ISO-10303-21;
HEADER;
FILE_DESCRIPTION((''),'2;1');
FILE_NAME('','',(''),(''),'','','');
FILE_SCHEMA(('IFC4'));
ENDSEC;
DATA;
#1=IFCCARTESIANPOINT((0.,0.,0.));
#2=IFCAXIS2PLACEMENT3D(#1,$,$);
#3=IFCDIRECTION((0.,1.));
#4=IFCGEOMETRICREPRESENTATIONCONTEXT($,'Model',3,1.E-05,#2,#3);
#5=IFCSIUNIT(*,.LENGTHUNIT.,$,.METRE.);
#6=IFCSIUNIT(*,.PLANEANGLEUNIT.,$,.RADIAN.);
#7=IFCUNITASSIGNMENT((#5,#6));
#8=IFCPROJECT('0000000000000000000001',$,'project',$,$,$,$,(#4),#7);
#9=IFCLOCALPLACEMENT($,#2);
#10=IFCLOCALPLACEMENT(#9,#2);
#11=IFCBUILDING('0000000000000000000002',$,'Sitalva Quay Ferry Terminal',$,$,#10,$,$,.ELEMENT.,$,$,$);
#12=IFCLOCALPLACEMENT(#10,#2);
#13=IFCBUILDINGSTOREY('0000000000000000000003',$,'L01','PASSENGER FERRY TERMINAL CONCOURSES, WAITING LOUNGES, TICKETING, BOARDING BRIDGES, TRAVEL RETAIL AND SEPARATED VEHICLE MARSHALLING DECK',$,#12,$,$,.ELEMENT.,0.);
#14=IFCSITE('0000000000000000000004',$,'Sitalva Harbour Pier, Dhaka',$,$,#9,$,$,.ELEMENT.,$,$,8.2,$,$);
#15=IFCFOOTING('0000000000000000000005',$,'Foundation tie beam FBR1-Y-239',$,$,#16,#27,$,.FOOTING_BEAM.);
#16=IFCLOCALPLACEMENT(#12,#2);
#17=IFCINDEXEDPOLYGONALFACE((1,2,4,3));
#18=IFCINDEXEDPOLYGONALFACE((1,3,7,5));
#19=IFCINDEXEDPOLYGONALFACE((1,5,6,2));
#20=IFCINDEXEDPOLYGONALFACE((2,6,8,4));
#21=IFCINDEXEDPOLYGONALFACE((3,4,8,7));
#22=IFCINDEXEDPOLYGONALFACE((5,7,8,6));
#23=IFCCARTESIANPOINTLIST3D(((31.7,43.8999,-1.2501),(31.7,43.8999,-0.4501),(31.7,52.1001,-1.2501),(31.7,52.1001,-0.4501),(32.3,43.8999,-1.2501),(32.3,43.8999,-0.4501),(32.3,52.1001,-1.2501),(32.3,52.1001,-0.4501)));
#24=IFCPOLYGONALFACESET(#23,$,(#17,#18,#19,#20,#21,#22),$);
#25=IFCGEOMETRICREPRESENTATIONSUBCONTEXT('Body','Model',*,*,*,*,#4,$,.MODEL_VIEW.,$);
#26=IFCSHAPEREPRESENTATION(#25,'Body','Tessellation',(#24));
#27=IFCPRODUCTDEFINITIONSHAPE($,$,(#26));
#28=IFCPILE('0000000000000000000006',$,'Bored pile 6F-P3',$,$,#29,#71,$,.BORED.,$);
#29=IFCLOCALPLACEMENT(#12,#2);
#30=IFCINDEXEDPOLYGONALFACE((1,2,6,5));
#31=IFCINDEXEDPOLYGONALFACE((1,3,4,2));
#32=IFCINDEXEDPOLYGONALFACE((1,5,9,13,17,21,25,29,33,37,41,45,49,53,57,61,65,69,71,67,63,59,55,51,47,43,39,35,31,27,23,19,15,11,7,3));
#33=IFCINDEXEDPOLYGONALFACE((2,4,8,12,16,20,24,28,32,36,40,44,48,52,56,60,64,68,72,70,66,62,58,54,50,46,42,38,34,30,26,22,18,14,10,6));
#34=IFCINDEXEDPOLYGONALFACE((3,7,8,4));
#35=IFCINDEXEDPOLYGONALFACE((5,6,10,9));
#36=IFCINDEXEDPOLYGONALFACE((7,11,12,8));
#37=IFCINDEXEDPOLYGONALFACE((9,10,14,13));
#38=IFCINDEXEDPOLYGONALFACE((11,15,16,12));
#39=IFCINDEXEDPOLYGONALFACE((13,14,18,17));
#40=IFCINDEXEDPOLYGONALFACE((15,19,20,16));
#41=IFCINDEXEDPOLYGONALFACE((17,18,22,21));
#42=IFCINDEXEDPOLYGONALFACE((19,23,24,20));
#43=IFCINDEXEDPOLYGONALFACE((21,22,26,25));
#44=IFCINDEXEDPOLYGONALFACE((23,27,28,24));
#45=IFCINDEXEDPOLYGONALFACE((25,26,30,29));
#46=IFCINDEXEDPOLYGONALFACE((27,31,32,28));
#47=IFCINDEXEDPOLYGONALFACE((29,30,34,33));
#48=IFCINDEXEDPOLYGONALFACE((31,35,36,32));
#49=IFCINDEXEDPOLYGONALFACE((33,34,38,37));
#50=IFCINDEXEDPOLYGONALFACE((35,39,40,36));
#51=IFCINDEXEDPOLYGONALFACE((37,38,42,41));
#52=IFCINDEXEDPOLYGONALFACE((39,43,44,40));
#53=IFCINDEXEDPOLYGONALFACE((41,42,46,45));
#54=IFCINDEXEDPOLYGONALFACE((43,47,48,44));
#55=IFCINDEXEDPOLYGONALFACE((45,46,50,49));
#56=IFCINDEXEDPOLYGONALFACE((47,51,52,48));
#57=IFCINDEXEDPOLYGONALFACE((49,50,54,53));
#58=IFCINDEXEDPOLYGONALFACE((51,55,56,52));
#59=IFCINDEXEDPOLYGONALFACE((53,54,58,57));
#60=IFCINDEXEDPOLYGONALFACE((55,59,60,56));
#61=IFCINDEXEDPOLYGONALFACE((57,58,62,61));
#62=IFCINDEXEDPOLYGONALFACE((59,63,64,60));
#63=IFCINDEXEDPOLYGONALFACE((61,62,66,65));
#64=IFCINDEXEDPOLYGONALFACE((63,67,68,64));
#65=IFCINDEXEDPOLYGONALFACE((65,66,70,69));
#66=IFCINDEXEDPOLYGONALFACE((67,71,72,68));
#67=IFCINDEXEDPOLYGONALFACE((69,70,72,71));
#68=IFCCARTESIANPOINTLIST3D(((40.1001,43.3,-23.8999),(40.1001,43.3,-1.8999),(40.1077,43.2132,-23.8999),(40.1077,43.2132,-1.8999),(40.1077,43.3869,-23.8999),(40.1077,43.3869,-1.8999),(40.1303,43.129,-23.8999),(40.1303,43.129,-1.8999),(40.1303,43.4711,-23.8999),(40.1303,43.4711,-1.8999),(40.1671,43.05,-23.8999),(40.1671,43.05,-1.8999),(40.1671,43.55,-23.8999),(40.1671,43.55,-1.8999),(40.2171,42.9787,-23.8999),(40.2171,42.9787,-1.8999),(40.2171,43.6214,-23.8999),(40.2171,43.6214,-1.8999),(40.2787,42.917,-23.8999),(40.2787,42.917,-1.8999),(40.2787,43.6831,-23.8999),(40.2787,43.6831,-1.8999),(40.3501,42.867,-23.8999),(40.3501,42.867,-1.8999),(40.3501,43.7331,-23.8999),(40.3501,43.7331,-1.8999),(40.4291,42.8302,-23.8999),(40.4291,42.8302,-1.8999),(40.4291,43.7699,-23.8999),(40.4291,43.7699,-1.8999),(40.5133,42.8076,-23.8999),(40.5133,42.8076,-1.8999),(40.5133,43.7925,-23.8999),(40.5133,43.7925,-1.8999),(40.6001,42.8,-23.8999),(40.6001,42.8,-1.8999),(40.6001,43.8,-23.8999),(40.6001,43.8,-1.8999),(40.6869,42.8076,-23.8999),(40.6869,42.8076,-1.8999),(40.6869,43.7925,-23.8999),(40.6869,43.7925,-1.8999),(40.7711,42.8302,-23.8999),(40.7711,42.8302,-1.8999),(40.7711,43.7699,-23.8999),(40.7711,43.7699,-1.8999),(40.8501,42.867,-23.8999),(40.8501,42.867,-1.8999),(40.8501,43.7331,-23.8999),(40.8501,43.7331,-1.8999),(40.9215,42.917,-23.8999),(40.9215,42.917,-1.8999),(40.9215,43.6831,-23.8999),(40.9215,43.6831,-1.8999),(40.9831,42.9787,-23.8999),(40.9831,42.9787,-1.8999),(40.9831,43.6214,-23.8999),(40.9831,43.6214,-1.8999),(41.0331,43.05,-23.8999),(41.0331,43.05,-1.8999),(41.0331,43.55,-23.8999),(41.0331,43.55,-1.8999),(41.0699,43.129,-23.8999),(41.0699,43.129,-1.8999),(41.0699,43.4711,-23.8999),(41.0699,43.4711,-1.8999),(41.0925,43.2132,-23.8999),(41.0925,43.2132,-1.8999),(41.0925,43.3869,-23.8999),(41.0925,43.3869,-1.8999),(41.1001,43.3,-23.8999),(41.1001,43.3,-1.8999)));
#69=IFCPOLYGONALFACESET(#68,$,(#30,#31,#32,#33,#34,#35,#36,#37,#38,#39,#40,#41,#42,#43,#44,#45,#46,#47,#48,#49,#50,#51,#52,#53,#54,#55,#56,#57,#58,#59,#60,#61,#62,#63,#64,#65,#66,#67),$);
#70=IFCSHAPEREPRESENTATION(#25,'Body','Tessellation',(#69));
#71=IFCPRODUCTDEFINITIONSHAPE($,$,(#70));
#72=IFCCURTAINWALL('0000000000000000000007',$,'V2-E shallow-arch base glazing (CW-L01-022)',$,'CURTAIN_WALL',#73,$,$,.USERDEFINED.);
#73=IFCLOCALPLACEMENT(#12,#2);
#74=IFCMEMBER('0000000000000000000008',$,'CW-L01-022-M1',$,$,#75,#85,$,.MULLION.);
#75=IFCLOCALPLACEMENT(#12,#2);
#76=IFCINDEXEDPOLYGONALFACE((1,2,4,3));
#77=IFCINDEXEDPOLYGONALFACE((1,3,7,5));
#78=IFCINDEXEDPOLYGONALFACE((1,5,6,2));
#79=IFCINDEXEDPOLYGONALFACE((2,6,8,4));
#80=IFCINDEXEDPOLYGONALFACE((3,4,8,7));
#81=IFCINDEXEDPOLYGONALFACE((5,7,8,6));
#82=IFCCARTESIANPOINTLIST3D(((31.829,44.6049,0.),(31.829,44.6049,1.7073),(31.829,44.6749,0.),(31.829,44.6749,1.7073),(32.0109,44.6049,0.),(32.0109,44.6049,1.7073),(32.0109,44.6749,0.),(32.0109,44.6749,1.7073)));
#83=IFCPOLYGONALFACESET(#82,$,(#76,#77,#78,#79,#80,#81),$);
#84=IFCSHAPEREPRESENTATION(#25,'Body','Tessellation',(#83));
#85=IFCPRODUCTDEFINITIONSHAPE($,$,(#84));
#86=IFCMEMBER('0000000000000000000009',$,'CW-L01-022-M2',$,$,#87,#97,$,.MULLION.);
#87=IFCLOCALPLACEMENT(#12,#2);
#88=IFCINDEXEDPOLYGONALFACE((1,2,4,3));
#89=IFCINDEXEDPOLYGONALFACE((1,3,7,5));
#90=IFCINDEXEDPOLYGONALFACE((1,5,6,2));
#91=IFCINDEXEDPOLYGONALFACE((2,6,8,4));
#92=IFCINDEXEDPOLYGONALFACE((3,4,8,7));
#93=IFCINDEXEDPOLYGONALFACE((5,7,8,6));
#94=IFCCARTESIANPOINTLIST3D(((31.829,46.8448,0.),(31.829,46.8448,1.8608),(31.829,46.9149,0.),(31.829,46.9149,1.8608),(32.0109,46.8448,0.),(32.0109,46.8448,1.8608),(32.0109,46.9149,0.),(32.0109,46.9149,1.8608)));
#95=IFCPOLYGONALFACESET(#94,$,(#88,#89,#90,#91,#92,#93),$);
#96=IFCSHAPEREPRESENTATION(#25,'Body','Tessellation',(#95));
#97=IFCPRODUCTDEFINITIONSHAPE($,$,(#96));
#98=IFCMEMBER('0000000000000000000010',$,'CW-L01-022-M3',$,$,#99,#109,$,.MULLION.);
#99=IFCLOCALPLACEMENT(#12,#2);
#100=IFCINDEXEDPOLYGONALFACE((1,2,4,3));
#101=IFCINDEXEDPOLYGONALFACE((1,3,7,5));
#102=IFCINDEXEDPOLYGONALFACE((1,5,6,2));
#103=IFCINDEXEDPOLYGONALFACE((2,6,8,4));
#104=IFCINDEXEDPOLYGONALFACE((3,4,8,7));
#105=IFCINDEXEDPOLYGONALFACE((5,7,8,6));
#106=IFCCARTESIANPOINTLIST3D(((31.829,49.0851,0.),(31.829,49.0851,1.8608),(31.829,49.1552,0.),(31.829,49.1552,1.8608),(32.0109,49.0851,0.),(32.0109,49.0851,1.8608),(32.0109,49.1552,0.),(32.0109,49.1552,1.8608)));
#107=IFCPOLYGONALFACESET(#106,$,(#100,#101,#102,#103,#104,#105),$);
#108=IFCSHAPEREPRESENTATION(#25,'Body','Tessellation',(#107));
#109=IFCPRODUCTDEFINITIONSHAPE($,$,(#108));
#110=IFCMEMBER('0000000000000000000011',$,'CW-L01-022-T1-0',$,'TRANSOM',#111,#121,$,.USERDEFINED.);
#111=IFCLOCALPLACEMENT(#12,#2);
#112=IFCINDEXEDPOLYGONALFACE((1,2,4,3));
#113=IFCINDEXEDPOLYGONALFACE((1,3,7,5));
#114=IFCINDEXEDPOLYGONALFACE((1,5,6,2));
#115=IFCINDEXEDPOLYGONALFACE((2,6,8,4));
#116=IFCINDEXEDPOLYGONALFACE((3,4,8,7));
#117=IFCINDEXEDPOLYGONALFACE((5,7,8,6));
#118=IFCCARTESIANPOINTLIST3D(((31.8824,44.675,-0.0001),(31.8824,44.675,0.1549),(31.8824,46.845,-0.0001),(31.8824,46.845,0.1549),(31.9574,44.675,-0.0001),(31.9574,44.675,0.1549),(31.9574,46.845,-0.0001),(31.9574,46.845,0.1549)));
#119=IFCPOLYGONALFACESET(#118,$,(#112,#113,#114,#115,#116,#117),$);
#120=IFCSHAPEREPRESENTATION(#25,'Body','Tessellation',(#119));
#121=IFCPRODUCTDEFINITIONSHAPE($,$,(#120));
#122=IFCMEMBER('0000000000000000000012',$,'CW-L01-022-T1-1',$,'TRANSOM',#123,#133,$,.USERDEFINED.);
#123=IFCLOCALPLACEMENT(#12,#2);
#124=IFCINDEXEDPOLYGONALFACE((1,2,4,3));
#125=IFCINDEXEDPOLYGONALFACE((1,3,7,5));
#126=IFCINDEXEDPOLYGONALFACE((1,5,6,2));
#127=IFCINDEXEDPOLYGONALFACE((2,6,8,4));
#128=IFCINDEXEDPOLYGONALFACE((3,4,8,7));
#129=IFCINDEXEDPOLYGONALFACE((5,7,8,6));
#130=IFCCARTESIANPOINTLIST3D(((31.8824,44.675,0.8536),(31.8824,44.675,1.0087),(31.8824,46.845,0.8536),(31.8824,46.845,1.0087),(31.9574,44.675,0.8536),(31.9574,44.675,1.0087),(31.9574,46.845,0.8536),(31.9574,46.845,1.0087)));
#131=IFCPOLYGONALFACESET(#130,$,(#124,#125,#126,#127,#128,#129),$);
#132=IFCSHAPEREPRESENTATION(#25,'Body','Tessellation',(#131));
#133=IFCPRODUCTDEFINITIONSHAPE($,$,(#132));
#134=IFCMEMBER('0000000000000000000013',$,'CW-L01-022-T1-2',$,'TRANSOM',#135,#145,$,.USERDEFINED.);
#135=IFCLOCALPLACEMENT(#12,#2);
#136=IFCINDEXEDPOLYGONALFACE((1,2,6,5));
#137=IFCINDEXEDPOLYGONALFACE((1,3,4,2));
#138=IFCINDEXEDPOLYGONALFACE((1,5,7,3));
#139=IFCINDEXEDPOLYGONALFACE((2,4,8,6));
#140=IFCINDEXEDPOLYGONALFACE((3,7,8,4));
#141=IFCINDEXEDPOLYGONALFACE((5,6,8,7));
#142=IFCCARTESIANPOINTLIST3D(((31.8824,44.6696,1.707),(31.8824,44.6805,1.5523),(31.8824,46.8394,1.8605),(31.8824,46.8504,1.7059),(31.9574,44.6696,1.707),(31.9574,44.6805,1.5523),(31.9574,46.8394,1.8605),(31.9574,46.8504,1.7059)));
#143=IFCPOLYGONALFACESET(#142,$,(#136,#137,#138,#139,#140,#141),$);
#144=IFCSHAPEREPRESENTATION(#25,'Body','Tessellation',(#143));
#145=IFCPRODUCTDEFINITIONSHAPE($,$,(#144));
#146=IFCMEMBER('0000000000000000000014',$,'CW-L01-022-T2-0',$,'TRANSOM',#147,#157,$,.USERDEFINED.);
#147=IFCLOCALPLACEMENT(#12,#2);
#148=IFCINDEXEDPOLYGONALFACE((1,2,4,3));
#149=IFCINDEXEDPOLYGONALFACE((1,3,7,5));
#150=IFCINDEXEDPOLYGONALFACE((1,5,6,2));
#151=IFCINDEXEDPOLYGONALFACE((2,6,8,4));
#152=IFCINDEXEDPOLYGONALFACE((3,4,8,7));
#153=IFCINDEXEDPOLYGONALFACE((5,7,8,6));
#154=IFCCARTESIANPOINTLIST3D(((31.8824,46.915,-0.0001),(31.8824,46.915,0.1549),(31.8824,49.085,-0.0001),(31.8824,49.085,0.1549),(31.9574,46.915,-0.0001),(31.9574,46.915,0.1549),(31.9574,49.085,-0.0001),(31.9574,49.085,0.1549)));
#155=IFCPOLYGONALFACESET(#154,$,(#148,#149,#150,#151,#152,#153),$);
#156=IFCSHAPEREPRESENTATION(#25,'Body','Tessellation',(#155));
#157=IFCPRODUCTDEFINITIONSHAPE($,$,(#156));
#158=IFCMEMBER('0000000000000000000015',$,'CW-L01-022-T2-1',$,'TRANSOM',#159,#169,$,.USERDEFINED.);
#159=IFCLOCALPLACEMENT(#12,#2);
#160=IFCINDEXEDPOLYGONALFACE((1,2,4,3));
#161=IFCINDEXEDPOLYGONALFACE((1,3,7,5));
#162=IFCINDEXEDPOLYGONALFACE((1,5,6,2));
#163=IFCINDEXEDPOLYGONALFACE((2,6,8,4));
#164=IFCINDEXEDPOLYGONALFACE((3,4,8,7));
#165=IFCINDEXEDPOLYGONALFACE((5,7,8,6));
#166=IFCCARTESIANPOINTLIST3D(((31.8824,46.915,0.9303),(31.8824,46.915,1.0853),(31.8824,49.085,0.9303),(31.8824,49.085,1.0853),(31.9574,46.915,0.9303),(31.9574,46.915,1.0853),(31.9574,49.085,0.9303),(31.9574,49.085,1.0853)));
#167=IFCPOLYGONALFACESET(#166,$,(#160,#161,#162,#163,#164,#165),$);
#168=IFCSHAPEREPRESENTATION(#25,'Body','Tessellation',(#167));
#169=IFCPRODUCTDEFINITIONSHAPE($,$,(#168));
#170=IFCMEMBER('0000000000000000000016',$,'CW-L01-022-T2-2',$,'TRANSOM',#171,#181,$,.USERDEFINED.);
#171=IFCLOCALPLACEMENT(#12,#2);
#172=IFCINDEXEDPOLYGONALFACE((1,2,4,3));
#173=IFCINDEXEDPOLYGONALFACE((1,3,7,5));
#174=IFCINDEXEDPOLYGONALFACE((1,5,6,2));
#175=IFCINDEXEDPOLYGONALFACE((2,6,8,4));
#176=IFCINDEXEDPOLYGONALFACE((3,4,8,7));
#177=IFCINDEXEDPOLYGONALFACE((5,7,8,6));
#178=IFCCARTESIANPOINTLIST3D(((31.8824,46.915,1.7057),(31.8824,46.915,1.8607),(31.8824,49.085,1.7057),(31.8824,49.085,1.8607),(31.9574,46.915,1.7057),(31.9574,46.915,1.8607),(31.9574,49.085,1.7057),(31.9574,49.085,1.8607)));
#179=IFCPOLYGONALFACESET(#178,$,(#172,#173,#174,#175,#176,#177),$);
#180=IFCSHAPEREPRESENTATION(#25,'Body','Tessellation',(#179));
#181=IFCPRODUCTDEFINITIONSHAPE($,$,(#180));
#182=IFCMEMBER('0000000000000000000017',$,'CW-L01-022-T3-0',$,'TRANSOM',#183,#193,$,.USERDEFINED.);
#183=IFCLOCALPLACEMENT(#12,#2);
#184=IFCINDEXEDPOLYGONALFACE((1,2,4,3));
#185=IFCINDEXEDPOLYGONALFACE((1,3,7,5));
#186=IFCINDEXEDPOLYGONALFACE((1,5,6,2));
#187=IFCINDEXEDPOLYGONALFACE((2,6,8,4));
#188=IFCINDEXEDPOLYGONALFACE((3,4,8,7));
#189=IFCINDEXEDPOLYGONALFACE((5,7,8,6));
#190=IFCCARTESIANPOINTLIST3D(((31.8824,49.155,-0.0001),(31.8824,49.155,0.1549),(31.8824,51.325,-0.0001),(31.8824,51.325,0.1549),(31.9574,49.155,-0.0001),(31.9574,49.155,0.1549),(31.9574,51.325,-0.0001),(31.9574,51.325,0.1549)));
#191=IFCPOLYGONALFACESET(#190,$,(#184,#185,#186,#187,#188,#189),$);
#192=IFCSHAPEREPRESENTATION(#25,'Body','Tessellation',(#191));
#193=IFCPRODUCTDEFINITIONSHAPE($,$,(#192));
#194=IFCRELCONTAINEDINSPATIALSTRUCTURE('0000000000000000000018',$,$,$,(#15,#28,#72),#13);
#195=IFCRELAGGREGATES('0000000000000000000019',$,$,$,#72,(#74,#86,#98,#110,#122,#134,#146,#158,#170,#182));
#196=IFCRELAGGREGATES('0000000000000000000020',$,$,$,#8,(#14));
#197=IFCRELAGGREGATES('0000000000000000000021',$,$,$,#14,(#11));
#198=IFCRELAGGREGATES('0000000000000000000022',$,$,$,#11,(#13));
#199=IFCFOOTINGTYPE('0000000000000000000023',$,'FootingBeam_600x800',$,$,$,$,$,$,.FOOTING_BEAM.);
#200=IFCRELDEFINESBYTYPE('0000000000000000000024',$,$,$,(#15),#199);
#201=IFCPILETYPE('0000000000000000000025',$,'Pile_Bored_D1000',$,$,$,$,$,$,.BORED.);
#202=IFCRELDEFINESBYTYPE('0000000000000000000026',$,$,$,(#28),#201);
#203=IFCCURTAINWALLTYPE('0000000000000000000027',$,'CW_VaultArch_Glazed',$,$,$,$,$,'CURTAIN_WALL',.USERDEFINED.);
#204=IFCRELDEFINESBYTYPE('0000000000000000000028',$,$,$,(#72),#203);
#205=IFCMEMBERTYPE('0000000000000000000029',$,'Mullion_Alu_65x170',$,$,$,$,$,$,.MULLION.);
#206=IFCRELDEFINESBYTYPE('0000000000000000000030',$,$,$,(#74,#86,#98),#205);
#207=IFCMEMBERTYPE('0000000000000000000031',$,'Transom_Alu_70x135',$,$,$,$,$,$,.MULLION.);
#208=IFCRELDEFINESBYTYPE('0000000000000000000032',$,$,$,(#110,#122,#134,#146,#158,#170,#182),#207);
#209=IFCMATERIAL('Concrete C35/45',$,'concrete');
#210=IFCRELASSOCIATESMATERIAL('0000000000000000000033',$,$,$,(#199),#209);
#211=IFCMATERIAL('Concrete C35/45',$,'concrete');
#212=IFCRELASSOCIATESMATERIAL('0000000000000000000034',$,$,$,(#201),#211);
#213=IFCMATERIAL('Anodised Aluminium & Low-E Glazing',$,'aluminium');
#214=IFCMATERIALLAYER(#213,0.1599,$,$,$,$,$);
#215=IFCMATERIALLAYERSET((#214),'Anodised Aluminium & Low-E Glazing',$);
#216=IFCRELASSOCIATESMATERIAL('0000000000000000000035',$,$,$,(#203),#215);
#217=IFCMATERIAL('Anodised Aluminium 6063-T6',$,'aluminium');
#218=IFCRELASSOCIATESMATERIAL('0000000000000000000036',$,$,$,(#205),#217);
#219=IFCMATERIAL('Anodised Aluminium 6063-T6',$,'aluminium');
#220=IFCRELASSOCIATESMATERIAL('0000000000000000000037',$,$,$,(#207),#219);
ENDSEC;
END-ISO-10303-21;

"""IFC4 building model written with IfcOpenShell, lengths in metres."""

from ifc_helpers import new_model, si_unit, direction, frame, origin, origin_2d, place, context, subcontext, project, spatial, rectangle, circle, extrude, material, layer, layer_set, material_profile, profile_set, type_object, element, aggregate, save


model = new_model("IFC4")

# Units and contexts
model_context = context("Model", 3, precision=1e-05, world=origin(), true_north=direction((0.0, 1.0)))
body_context = subcontext(model_context, "Body", "Model", "MODEL_VIEW")
ifc_project = project(units=[si_unit("LENGTHUNIT", "METRE"), si_unit("PLANEANGLEUNIT", "RADIAN")], contexts=[model_context])

# Site, building, storey
site_placement = place(None, origin())
site = spatial("IfcSite", under=ifc_project, at=site_placement, Name="Sitalva Harbour Pier, Dhaka", CompositionType="ELEMENT", RefElevation=8.2)
building_placement = place(site_placement, origin())
building = spatial("IfcBuilding", under=site, at=building_placement, Name="Sitalva Quay Ferry Terminal", CompositionType="ELEMENT")
storey_placement = place(building_placement, origin())
storey = spatial("IfcBuildingStorey", under=building, at=storey_placement, Name="L01", Description="PASSENGER FERRY TERMINAL CONCOURSES, WAITING LOUNGES, TICKETING, BOARDING BRIDGES, TRAVEL RETAIL AND SEPARATED VEHICLE MARSHALLING DECK", CompositionType="ELEMENT", Elevation=0.0)

# Footing
ifc_material_1 = material(Name="Concrete C35/45", Category="concrete")
ifc_material_profile_1 = material_profile(ifc_material_1, rectangle(XDim=0.6001, YDim=0.8, at=origin_2d()), Name="RC600x800")
ifc_profile_set_1 = profile_set([ifc_material_profile_1], Name="Concrete C35/45")
footing_type = type_object("IfcFootingType", Name="FootingBeam_600x800", PredefinedType="FOOTING_BEAM", material=ifc_profile_set_1)
footing_placement = place(storey_placement, frame((32.0, 43.8999, -0.8501), z_axis=(0.0, 1.0, 0.0), x_axis=(-1.0, 0.0, 0.0)))
element("IfcFooting", 1, at=footing_placement, inside=storey, type_object=footing_type, Name="Foundation tie beam FBR1-Y-239", PredefinedType="FOOTING_BEAM", context=body_context, shape_type="SweptSolid", body=[
    extrude(rectangle(XDim=0.6001, YDim=0.8, at=origin_2d()), origin(), (0.0, 0.0, 1.0), 8.2002),
])

# Pile
ifc_material_2 = material(Name="Concrete C35/45", Category="concrete")
ifc_material_profile_2 = material_profile(ifc_material_2, circle(Radius=0.5, at=origin_2d()), Name="PILE-D1000")
ifc_profile_set_2 = profile_set([ifc_material_profile_2], Name="Concrete C35/45")
pile_type = type_object("IfcPileType", Name="Pile_Bored_D1000", PredefinedType="BORED", material=ifc_profile_set_2)
pile_placement = place(storey_placement, frame((40.6001, 43.3, -1.8999), z_axis=(0.0, 0.0, -1.0), x_axis=(1.0, 0.0, 0.0)))
element("IfcPile", 2, at=pile_placement, inside=storey, type_object=pile_type, Name="Bored pile 6F-P3", PredefinedType="BORED", context=body_context, shape_type="SweptSolid", body=[
    extrude(circle(Radius=0.5, at=origin_2d()), origin(), (0.0, 0.0, 1.0), 22.0),
])

# Curtain wall, members
ifc_material_3 = material(Name="Anodised Aluminium & Low-E Glazing", Category="aluminium")
ifc_layer_1 = layer(ifc_material_3, 0.1599)
ifc_layer_set_1 = layer_set([ifc_layer_1], Name="Anodised Aluminium & Low-E Glazing")
curtain_wall_type = type_object("IfcCurtainWallType", Name="CW_VaultArch_Glazed", ElementType="CURTAIN_WALL", PredefinedType="USERDEFINED", material=ifc_layer_set_1)
curtain_wall_placement = place(storey_placement, origin())
curtain_wall = element("IfcCurtainWall", 3, at=curtain_wall_placement, inside=storey, type_object=curtain_wall_type, Name="V2-E shallow-arch base glazing (CW-L01-022)", ObjectType="CURTAIN_WALL", PredefinedType="USERDEFINED")
ifc_material_4 = material(Name="Anodised Aluminium 6063-T6", Category="aluminium")
ifc_material_profile_3 = material_profile(ifc_material_4, rectangle(XDim=0.0701, YDim=0.1819, at=origin_2d()), Name="ALU70x182")
ifc_profile_set_3 = profile_set([ifc_material_profile_3], Name="Anodised Aluminium 6063-T6")
member_type_1 = type_object("IfcMemberType", Name="Mullion_Alu_65x170", PredefinedType="MULLION", material=ifc_profile_set_3)
member_1_placement = place(storey_placement, frame((31.9199, 44.6399, 0.0), z_axis=(0.0, 0.0, 1.0), x_axis=(0.0, 1.0, 0.0)))
member_1 = element("IfcMember", 4, at=member_1_placement, type_object=member_type_1, Name="CW-L01-022-M1", PredefinedType="MULLION", context=body_context, shape_type="SweptSolid", body=[
    extrude(rectangle(XDim=0.0701, YDim=0.1819, at=origin_2d()), origin(), (0.0, 0.0, 1.0), 1.7073),
])
member_2_placement = place(storey_placement, frame((31.9199, 46.8799, 0.0), z_axis=(0.0, 0.0, 1.0), x_axis=(0.0, 1.0, 0.0)))
member_2 = element("IfcMember", 5, at=member_2_placement, type_object=member_type_1, Name="CW-L01-022-M2", PredefinedType="MULLION", context=body_context, shape_type="SweptSolid", body=[
    extrude(rectangle(XDim=0.0701, YDim=0.1819, at=origin_2d()), origin(), (0.0, 0.0, 1.0), 1.8608),
])
member_3_placement = place(storey_placement, frame((31.9199, 49.1201, 0.0), z_axis=(0.0, 0.0, 1.0), x_axis=(0.0, 1.0, 0.0)))
member_3 = element("IfcMember", 6, at=member_3_placement, type_object=member_type_1, Name="CW-L01-022-M3", PredefinedType="MULLION", context=body_context, shape_type="SweptSolid", body=[
    extrude(rectangle(XDim=0.0701, YDim=0.1819, at=origin_2d()), origin(), (0.0, 0.0, 1.0), 1.8608),
])
ifc_material_5 = material(Name="Anodised Aluminium 6063-T6", Category="aluminium")
ifc_material_profile_4 = material_profile(ifc_material_5, rectangle(XDim=0.075, YDim=0.155, at=origin_2d()), Name="ALU75x155")
ifc_profile_set_4 = profile_set([ifc_material_profile_4], Name="Anodised Aluminium 6063-T6")
member_type_2 = type_object("IfcMemberType", Name="Transom_Alu_70x135", PredefinedType="MULLION", material=ifc_profile_set_4)
member_4_placement = place(storey_placement, frame((31.9199, 44.675, 0.0774), z_axis=(0.0, 1.0, 0.0), x_axis=(-1.0, 0.0, 0.0)))
member_4 = element("IfcMember", 7, at=member_4_placement, type_object=member_type_2, Name="CW-L01-022-T1-0", ObjectType="TRANSOM", PredefinedType="USERDEFINED", context=body_context, shape_type="SweptSolid", body=[
    extrude(rectangle(XDim=0.075, YDim=0.155, at=origin_2d()), origin(), (0.0, 0.0, 1.0), 2.1699),
])
member_5_placement = place(storey_placement, frame((31.9199, 44.675, 0.9312), z_axis=(0.0, 1.0, 0.0), x_axis=(-1.0, 0.0, 0.0)))
member_5 = element("IfcMember", 8, at=member_5_placement, type_object=member_type_2, Name="CW-L01-022-T1-1", ObjectType="TRANSOM", PredefinedType="USERDEFINED", context=body_context, shape_type="SweptSolid", body=[
    extrude(rectangle(XDim=0.075, YDim=0.155, at=origin_2d()), origin(), (0.0, 0.0, 1.0), 2.1699),
])
member_6_placement = place(storey_placement, frame((31.9199, 44.675, 1.6296), z_axis=(0.0, 0.997505, 0.070593), x_axis=(-1.0, 0.0, 0.0)))
member_6 = element("IfcMember", 9, at=member_6_placement, type_object=member_type_2, Name="CW-L01-022-T1-2", ObjectType="TRANSOM", PredefinedType="USERDEFINED", context=body_context, shape_type="SweptSolid", body=[
    extrude(rectangle(XDim=0.075, YDim=0.155, at=origin_2d()), origin(), (0.0, 0.0, 1.0), 2.1753),
])
member_7_placement = place(storey_placement, frame((31.9199, 46.915, 0.0774), z_axis=(0.0, 1.0, 0.0), x_axis=(-1.0, 0.0, 0.0)))
member_7 = element("IfcMember", 10, at=member_7_placement, type_object=member_type_2, Name="CW-L01-022-T2-0", ObjectType="TRANSOM", PredefinedType="USERDEFINED", context=body_context, shape_type="SweptSolid", body=[
    extrude(rectangle(XDim=0.075, YDim=0.155, at=origin_2d()), origin(), (0.0, 0.0, 1.0), 2.1699),
])
member_8_placement = place(storey_placement, frame((31.9199, 46.915, 1.0078), z_axis=(0.0, 1.0, 0.0), x_axis=(-1.0, 0.0, 0.0)))
member_8 = element("IfcMember", 11, at=member_8_placement, type_object=member_type_2, Name="CW-L01-022-T2-1", ObjectType="TRANSOM", PredefinedType="USERDEFINED", context=body_context, shape_type="SweptSolid", body=[
    extrude(rectangle(XDim=0.075, YDim=0.155, at=origin_2d()), origin(), (0.0, 0.0, 1.0), 2.1699),
])
member_9_placement = place(storey_placement, frame((31.9199, 46.915, 1.7832), z_axis=(0.0, 1.0, 0.0), x_axis=(-1.0, 0.0, 0.0)))
member_9 = element("IfcMember", 12, at=member_9_placement, type_object=member_type_2, Name="CW-L01-022-T2-2", ObjectType="TRANSOM", PredefinedType="USERDEFINED", context=body_context, shape_type="SweptSolid", body=[
    extrude(rectangle(XDim=0.075, YDim=0.155, at=origin_2d()), origin(), (0.0, 0.0, 1.0), 2.1699),
])
member_10_placement = place(storey_placement, frame((31.9199, 49.155, 0.0774), z_axis=(0.0, 1.0, 0.0), x_axis=(-1.0, 0.0, 0.0)))
member_10 = element("IfcMember", 13, at=member_10_placement, type_object=member_type_2, Name="CW-L01-022-T3-0", ObjectType="TRANSOM", PredefinedType="USERDEFINED", context=body_context, shape_type="SweptSolid", body=[
    extrude(rectangle(XDim=0.075, YDim=0.155, at=origin_2d()), origin(), (0.0, 0.0, 1.0), 2.1699),
])
aggregate(curtain_wall, [member_1, member_2, member_3, member_4, member_5, member_6, member_7, member_8, member_9, member_10])

save(model, "model.ifc")
